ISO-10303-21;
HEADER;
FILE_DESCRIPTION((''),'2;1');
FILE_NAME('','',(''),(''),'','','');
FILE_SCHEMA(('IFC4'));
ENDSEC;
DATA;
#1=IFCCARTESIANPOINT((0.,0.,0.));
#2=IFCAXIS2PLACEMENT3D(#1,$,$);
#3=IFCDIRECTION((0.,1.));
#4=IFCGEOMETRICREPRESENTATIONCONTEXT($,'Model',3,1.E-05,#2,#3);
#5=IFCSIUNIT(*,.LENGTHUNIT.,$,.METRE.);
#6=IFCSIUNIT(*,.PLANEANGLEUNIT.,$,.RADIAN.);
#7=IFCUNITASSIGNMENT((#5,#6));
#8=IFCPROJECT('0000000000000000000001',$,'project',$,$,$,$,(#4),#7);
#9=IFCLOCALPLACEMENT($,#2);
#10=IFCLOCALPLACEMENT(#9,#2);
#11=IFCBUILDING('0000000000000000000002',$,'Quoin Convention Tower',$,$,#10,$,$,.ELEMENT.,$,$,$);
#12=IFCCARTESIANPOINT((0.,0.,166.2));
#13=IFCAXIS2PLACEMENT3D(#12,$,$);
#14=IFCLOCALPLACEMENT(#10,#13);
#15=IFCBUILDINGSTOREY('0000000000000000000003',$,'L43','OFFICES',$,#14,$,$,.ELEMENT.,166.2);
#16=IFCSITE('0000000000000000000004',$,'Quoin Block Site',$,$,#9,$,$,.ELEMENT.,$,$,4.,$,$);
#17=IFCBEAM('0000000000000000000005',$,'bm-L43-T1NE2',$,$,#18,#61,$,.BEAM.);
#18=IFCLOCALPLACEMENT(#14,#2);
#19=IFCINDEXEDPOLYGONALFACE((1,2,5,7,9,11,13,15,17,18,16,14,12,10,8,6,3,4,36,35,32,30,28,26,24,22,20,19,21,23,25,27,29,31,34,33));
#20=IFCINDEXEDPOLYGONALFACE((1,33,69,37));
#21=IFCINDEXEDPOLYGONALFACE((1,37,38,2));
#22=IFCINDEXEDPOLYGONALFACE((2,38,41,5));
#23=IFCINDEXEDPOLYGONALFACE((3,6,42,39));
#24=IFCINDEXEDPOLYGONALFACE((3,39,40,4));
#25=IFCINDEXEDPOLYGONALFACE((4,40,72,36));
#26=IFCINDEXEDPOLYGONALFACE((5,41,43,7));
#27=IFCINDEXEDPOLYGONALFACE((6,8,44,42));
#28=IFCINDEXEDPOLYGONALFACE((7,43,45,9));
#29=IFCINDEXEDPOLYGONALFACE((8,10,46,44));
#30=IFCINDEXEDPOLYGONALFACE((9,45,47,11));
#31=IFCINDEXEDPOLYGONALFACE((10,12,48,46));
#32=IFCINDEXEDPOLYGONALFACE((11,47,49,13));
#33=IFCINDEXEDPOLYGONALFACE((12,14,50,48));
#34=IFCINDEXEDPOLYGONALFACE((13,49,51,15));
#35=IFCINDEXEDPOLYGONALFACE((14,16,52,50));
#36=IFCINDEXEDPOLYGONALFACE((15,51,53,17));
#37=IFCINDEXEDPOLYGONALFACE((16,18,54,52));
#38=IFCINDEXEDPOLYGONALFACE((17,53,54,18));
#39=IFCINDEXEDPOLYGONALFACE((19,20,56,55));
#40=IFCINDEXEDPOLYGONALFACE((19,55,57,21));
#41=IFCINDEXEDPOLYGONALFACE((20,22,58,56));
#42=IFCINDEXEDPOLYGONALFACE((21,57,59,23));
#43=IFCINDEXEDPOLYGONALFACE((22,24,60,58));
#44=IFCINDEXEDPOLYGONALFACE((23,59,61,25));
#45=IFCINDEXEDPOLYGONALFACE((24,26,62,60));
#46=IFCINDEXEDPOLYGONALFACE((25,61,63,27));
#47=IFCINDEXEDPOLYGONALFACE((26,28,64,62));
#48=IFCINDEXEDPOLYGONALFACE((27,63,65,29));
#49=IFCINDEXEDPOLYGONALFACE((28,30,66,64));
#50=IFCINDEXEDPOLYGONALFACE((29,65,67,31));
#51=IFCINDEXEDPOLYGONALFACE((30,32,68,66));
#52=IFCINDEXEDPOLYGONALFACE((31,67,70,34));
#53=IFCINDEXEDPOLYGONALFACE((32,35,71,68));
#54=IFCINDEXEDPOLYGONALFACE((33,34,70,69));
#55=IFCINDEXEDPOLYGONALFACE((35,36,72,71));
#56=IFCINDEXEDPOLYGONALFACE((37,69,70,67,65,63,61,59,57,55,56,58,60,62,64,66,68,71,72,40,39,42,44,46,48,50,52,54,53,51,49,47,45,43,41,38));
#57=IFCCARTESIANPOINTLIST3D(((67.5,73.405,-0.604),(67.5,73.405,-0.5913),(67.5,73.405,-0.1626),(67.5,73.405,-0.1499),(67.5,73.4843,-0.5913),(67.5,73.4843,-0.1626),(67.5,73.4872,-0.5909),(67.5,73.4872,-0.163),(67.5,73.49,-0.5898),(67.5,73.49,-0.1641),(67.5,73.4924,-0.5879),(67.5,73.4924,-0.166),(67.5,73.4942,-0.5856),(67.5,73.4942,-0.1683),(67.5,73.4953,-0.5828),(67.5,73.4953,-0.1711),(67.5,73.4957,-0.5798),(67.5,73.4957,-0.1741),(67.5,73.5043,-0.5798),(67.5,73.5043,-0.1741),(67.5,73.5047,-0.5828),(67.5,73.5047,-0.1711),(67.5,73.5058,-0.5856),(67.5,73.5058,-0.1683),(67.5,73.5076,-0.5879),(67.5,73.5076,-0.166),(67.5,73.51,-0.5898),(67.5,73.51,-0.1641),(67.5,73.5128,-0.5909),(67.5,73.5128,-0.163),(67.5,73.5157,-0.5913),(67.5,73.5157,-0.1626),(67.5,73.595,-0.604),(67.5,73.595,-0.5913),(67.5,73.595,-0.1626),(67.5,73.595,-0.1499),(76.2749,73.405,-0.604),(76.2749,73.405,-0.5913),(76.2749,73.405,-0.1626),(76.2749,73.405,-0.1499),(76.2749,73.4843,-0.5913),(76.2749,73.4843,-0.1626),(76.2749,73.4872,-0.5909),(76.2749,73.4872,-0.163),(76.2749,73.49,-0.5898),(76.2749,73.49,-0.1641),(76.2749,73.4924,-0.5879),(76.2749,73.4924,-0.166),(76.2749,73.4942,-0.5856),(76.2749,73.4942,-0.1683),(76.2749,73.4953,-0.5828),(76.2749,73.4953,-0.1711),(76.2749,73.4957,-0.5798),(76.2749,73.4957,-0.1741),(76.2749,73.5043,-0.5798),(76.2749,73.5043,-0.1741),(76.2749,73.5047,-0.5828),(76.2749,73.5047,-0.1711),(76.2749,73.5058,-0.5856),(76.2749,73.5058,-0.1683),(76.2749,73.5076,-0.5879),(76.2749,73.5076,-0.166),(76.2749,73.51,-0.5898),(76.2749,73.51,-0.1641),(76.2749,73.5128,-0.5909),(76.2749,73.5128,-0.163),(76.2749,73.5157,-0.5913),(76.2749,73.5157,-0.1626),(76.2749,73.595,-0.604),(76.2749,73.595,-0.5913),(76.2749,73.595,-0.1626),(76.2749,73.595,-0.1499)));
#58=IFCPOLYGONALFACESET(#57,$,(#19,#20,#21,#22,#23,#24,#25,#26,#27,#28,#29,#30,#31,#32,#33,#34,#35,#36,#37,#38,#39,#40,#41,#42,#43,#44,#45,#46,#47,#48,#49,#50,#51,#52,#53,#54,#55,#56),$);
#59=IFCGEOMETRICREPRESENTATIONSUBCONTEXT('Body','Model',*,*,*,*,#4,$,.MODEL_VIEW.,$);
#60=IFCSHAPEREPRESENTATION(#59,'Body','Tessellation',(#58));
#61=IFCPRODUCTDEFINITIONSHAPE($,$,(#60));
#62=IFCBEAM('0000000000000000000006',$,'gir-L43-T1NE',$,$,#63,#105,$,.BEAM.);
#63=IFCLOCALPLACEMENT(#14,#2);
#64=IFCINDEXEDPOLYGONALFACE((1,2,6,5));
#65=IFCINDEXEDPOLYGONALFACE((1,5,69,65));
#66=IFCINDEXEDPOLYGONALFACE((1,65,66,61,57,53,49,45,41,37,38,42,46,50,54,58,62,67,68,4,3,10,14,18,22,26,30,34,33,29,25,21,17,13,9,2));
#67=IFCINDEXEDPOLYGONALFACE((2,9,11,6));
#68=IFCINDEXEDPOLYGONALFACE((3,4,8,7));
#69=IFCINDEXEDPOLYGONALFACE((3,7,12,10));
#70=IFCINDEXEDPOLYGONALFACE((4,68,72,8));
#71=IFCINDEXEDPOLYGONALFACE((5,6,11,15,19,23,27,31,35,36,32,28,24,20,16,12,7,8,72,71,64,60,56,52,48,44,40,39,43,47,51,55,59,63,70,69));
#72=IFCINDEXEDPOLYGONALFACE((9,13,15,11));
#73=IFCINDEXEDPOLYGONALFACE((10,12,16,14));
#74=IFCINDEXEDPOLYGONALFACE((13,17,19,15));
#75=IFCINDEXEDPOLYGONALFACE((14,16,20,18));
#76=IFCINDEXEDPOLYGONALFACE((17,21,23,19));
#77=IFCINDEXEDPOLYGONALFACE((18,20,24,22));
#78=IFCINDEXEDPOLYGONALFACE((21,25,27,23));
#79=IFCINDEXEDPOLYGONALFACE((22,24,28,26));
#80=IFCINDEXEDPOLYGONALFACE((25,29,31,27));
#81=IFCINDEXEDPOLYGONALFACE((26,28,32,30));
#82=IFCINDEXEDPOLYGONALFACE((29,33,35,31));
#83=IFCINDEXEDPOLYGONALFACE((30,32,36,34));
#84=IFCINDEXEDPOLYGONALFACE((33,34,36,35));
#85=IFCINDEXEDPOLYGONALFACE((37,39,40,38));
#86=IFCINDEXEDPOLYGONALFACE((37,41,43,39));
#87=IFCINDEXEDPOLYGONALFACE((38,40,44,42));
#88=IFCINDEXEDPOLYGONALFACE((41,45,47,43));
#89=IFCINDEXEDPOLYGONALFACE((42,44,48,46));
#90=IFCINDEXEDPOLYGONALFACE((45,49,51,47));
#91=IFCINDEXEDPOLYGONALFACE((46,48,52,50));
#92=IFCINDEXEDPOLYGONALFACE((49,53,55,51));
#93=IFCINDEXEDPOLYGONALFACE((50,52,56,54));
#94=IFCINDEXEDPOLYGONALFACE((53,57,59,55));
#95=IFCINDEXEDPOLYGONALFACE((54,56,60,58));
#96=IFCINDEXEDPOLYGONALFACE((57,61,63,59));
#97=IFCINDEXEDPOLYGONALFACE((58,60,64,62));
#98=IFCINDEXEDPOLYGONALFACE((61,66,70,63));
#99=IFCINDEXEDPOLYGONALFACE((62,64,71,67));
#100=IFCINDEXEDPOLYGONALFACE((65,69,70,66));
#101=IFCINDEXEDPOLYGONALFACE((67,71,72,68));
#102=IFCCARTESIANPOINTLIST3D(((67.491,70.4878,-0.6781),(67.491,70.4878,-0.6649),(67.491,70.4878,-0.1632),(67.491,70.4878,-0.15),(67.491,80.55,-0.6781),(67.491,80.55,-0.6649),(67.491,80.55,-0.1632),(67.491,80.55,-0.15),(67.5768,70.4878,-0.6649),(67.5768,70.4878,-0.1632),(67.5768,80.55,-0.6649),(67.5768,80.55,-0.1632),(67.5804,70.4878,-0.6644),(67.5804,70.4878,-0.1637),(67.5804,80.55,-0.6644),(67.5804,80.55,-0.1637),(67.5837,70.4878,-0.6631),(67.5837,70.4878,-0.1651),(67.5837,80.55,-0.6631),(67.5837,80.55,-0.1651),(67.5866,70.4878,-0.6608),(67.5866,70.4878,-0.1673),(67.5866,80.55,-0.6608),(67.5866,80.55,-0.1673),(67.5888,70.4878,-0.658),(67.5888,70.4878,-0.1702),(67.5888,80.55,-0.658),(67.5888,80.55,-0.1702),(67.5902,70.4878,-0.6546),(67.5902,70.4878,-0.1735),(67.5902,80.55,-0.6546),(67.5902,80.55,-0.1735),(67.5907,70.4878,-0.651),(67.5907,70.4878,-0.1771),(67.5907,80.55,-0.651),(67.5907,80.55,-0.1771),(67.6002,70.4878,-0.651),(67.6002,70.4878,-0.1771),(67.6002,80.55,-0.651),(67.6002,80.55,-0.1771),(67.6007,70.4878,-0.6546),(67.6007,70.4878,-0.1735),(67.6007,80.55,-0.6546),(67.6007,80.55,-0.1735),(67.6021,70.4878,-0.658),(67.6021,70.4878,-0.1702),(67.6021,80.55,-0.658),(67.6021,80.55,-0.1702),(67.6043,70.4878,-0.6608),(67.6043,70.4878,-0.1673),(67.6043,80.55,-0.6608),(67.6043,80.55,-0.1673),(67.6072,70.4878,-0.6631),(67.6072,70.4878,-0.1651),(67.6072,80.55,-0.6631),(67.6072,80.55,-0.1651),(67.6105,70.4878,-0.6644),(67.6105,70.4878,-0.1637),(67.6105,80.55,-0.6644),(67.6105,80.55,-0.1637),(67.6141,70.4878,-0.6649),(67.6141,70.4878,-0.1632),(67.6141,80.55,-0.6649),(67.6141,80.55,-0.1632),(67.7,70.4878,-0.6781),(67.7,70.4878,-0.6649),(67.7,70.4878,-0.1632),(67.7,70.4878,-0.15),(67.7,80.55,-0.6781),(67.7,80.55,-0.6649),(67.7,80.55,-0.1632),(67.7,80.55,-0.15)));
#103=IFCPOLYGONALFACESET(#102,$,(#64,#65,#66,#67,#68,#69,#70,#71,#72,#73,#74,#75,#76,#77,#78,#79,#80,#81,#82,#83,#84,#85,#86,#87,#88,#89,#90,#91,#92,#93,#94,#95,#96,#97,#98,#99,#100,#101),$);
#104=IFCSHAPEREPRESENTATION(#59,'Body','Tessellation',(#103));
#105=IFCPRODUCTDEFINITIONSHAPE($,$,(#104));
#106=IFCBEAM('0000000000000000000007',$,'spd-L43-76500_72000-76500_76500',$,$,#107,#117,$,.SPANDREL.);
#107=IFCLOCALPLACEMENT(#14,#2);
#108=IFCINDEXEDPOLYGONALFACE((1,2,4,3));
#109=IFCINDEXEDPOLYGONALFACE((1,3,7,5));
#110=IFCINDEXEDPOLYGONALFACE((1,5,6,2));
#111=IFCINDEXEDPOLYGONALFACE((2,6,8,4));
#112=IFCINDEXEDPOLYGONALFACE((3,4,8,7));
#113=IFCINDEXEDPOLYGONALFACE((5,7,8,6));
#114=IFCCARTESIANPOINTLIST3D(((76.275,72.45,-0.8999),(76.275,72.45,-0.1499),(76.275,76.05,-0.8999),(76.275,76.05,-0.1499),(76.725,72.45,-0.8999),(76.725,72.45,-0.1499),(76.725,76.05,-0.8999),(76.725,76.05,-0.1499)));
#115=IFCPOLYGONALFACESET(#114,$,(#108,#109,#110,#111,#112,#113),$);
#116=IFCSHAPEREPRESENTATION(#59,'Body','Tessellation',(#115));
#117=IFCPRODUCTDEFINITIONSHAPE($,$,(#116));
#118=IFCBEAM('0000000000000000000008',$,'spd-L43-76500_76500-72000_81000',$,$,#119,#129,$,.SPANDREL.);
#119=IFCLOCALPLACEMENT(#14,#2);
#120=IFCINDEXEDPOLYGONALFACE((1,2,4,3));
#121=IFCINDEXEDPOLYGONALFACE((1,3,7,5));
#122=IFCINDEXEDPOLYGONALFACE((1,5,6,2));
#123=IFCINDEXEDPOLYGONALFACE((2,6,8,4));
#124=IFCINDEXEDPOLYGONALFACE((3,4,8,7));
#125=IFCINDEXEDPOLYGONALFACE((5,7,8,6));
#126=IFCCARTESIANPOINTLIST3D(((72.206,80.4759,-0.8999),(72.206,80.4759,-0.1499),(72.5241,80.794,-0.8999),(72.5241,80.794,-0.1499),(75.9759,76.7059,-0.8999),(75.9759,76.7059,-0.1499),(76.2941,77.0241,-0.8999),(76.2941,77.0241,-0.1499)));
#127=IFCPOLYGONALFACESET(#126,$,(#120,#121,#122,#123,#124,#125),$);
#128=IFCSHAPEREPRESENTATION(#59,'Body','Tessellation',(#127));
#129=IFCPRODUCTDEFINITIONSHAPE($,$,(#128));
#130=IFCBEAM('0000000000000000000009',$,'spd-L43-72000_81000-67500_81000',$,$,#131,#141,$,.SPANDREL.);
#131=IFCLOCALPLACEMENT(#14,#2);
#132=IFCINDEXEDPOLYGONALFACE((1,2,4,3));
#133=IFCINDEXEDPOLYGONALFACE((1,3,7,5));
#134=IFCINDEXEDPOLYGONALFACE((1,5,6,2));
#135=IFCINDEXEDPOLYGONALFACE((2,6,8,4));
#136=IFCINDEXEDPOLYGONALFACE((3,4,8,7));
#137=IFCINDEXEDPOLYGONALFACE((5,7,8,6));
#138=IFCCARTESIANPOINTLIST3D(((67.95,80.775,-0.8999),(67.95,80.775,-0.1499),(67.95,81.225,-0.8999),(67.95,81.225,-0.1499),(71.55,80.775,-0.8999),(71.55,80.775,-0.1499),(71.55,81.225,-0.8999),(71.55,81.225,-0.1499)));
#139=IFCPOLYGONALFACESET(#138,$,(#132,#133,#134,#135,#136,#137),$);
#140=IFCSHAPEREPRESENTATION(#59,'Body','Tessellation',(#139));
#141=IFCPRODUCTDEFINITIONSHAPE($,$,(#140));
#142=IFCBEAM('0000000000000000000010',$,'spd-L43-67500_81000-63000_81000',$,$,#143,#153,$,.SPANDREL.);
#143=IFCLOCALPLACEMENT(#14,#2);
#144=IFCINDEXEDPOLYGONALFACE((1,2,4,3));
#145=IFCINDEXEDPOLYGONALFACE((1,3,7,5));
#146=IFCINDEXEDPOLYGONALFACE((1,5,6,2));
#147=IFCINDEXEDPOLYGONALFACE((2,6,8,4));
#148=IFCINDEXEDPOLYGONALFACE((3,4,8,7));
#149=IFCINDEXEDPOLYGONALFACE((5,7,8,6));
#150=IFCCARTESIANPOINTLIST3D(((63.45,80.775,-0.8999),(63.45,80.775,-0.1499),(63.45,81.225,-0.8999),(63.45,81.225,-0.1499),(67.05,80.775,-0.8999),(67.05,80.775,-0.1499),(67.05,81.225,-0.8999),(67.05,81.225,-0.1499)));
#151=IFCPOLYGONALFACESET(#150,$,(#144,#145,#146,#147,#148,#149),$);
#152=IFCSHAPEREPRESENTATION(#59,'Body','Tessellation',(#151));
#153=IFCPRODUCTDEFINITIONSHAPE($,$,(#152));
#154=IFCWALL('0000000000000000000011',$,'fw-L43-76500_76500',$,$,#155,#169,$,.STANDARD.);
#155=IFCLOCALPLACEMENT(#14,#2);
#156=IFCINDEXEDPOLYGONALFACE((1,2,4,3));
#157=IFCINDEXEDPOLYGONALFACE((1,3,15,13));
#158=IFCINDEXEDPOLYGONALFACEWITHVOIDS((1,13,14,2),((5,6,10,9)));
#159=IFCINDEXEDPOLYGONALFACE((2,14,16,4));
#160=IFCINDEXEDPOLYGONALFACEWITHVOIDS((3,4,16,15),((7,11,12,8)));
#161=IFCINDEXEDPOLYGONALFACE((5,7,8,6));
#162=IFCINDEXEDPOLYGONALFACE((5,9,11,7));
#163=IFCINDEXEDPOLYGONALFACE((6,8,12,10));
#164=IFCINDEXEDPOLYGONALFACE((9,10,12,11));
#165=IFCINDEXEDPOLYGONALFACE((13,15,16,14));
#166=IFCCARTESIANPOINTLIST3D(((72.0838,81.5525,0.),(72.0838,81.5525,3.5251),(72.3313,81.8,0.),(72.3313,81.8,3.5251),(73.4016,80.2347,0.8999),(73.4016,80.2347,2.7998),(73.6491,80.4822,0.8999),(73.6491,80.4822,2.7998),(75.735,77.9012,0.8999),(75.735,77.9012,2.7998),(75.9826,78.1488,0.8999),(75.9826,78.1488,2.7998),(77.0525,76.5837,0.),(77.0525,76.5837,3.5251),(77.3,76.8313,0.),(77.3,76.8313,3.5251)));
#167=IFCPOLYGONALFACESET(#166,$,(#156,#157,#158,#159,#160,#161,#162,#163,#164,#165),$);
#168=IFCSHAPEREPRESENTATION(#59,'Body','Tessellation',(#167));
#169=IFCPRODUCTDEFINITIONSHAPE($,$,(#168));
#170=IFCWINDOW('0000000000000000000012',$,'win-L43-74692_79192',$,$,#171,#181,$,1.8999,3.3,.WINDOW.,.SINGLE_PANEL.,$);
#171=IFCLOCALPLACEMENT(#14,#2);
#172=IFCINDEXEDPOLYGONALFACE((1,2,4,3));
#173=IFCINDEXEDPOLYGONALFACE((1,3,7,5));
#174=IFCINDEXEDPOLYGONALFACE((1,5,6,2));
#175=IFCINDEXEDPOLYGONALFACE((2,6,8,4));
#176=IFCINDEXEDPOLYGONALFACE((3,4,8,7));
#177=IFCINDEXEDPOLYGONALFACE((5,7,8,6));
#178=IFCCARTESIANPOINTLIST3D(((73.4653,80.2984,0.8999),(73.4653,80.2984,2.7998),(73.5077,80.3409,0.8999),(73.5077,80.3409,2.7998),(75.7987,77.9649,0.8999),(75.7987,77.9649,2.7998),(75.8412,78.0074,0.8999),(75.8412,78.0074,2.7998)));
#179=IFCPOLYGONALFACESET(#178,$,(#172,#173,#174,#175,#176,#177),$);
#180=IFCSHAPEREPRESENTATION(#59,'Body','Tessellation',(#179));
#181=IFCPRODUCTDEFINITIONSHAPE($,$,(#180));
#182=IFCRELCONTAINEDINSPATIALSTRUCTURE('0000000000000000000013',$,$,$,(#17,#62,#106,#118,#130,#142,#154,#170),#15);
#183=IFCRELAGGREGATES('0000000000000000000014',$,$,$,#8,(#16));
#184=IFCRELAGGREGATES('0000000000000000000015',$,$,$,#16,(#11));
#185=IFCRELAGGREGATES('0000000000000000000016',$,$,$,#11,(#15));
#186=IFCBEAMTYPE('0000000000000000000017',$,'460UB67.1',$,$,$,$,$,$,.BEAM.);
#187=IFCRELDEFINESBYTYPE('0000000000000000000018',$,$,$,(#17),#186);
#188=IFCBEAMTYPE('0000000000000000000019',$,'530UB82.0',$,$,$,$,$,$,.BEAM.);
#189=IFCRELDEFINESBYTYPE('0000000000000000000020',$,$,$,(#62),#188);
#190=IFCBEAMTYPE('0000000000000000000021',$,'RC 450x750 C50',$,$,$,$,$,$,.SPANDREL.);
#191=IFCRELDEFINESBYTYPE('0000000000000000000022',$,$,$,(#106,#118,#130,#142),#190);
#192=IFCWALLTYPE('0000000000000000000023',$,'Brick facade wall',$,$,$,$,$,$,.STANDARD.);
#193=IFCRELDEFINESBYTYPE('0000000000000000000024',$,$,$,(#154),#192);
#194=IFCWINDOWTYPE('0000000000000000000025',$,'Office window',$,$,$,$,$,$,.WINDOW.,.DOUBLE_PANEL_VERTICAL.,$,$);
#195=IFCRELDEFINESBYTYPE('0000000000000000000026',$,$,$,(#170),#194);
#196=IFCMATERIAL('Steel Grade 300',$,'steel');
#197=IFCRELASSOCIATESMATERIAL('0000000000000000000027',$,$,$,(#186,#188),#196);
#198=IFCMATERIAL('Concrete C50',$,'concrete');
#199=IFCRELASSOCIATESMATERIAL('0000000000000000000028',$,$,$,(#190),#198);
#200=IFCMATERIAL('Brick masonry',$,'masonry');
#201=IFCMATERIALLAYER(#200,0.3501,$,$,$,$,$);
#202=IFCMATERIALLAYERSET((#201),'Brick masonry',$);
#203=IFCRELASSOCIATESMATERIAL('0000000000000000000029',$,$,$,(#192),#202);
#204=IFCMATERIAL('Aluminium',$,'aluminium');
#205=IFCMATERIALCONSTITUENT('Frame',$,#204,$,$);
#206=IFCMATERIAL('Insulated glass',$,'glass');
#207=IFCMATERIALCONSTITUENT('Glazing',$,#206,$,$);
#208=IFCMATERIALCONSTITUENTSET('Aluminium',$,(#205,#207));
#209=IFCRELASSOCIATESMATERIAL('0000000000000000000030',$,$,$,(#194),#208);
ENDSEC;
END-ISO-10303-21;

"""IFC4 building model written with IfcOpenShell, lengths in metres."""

from ifc_helpers import new_model, si_unit, direction, frame, frame_2d, origin, origin_2d, place, context, subcontext, project, spatial, rectangle, i_section, extrude, material, layer, layer_set, constituent, constituent_set, material_profile, profile_set, type_object, element, fill, save


model = new_model("IFC4")

# Units and contexts
model_context = context("Model", 3, precision=1e-05, world=origin(), true_north=direction((0.0, 1.0)))
body_context = subcontext(model_context, "Body", "Model", "MODEL_VIEW")
ifc_project = project(units=[si_unit("LENGTHUNIT", "METRE"), si_unit("PLANEANGLEUNIT", "RADIAN")], contexts=[model_context])

# Site, building, storey
site_placement = place(None, origin())
site = spatial("IfcSite", under=ifc_project, at=site_placement, Name="Quoin Block Site", CompositionType="ELEMENT", RefElevation=4.0)
building_placement = place(site_placement, origin())
building = spatial("IfcBuilding", under=site, at=building_placement, Name="Quoin Convention Tower", CompositionType="ELEMENT")
storey_placement = place(building_placement, frame((0.0, 0.0, 166.2)))
storey = spatial("IfcBuildingStorey", under=building, at=storey_placement, Name="L43", Description="OFFICES", CompositionType="ELEMENT", Elevation=166.2)

# Shared definitions
ifc_material_1 = material(Name="Concrete C50", Category="concrete")

# Beams
ifc_material_2 = material(Name="Steel Grade 300", Category="steel")
ifc_material_profile_1 = material_profile(ifc_material_2, i_section(OverallWidth=0.1899, OverallDepth=0.4541, WebThickness=0.0085, FlangeThickness=0.0127, FilletRadius=0.0115, at=origin_2d()), Name="460UB67.1")
ifc_profile_set_1 = profile_set([ifc_material_profile_1], Name="Steel Grade 300")
beam_type_1 = type_object("IfcBeamType", Name="460UB67.1", PredefinedType="BEAM", material=ifc_profile_set_1)
beam_1_placement = place(storey_placement, frame((67.5, 73.5, -0.377), z_axis=(1.0, 0.0, 0.0), x_axis=(0.0, 1.0, 0.0)))
element("IfcBeam", 1, at=beam_1_placement, inside=storey, type_object=beam_type_1, Name="bm-L43-T1NE2", PredefinedType="BEAM", context=body_context, shape_type="SweptSolid", body=[
    extrude(i_section(OverallWidth=0.1899, OverallDepth=0.4541, WebThickness=0.0085, FlangeThickness=0.0127, FilletRadius=0.0115, at=origin_2d()), origin(), (0.0, 0.0, 1.0), 8.7749),
])
ifc_material_profile_2 = material_profile(ifc_material_2, i_section(OverallWidth=0.209, OverallDepth=0.5281, WebThickness=0.0095, FlangeThickness=0.0132, FilletRadius=0.0139, at=origin_2d()), Name="530UB82.0")
ifc_profile_set_2 = profile_set([ifc_material_profile_2], Name="Steel Grade 300")
beam_type_2 = type_object("IfcBeamType", Name="530UB82.0", PredefinedType="BEAM", material=ifc_profile_set_2)
beam_2_placement = place(storey_placement, frame((67.5955, 80.55, -0.4141), z_axis=(0.0, -1.0, 0.0), x_axis=(1.0, 0.0, 0.0)))
element("IfcBeam", 2, at=beam_2_placement, inside=storey, type_object=beam_type_2, Name="gir-L43-T1NE", PredefinedType="BEAM", context=body_context, shape_type="SweptSolid", body=[
    extrude(i_section(OverallWidth=0.209, OverallDepth=0.5281, WebThickness=0.0095, FlangeThickness=0.0132, FilletRadius=0.0139, at=origin_2d()), origin(), (0.0, 0.0, 1.0), 10.0623),
])
ifc_material_profile_3 = material_profile(ifc_material_1, rectangle(XDim=0.45, YDim=0.75, at=origin_2d()), Name="RC 450x750")
ifc_profile_set_3 = profile_set([ifc_material_profile_3], Name="Concrete C50")
beam_type_3 = type_object("IfcBeamType", Name="RC 450x750 C50", PredefinedType="SPANDREL", material=ifc_profile_set_3)
beam_3_placement = place(storey_placement, frame((76.5, 72.45, -0.5249), z_axis=(0.0, 1.0, 0.0), x_axis=(-1.0, 0.0, 0.0)))
element("IfcBeam", 3, at=beam_3_placement, inside=storey, type_object=beam_type_3, Name="spd-L43-76500_72000-76500_76500", PredefinedType="SPANDREL", context=body_context, shape_type="SweptSolid", body=[
    extrude(rectangle(XDim=0.45, YDim=0.75, at=origin_2d()), origin(), (0.0, 0.0, 1.0), 3.6001),
])
beam_4_placement = place(storey_placement, frame((76.135, 76.865, -0.5249), z_axis=(-0.707107, 0.707107, 0.0), x_axis=(-0.707107, -0.707107, 0.0)))
element("IfcBeam", 4, at=beam_4_placement, inside=storey, type_object=beam_type_3, Name="spd-L43-76500_76500-72000_81000", PredefinedType="SPANDREL", context=body_context, shape_type="SweptSolid", body=[
    extrude(rectangle(XDim=0.45, YDim=0.75, at=origin_2d()), origin(), (0.0, 0.0, 1.0), 5.3315),
])
for number, where, z_axis, x_axis, name in (
    (5, (71.55, 81.0, -0.5249), (-1.0, 0.0, 0.0), (0.0, -1.0, 0.0), "spd-L43-72000_81000-67500_81000"),
    (6, (67.05, 81.0, -0.5249), (-1.0, 0.0, 0.0), (0.0, -1.0, 0.0), "spd-L43-67500_81000-63000_81000"),
):
    element("IfcBeam", number, at=place(storey_placement, frame(where, z_axis=z_axis, x_axis=x_axis)), inside=storey, type_object=beam_type_3, Name=name, PredefinedType="SPANDREL", context=body_context, shape_type="SweptSolid", body=[
        extrude(rectangle(XDim=0.45, YDim=0.75, at=origin_2d()), origin(), (0.0, 0.0, 1.0), 3.6001),
    ])

# Wall, opening, window
ifc_material_3 = material(Name="Brick masonry", Category="masonry")
ifc_layer_1 = layer(ifc_material_3, 0.3501)
ifc_layer_set_1 = layer_set([ifc_layer_1], Name="Brick masonry")
wall_type_1 = type_object("IfcWallType", Name="Brick facade wall", PredefinedType="STANDARD", material=ifc_layer_set_1)
wall_1_placement = place(storey_placement, frame((77.1763, 76.7075, 0.0), z_axis=(0.0, 0.0, 1.0), x_axis=(-0.707107, 0.707107, 0.0)))
wall_1 = element("IfcWall", 7, at=wall_1_placement, inside=storey, type_object=wall_type_1, Name="fw-L43-76500_76500", PredefinedType="STANDARD", context=body_context, shape_type="SweptSolid", body=[
    extrude(rectangle(XDim=7.0269, YDim=0.3501, at=frame_2d((3.5134, 0.0))), origin(), (0.0, 0.0, 1.0), 3.5251),
])
opening_1_placement = place(wall_1_placement, frame((1.8633, 0.0, 0.8999)))
opening_1 = element("IfcOpeningElement", 8, at=opening_1_placement, cuts=wall_1, PredefinedType="OPENING", context=body_context, shape_type="SweptSolid", body=[
    extrude(rectangle(XDim=3.3, YDim=1.8999, at=frame_2d((1.6499, 0.95))), frame((0.0, 0.1851, 0.0), z_axis=(0.0, -1.0, 0.0), x_axis=(1.0, 0.0, 0.0)), (0.0, 0.0, 1.0), 0.3701),
])
ifc_material_4 = material(Name="Aluminium", Category="aluminium")
ifc_constituent_1 = constituent(ifc_material_4, Name="Frame")
ifc_material_5 = material(Name="Insulated glass", Category="glass")
ifc_constituent_2 = constituent(ifc_material_5, Name="Glazing")
ifc_constituent_set = constituent_set(constituents=[ifc_constituent_1, ifc_constituent_2], Name="Aluminium")
window_type = type_object("IfcWindowType", Name="Office window", PartitioningType="DOUBLE_PANEL_VERTICAL", PredefinedType="WINDOW", material=ifc_constituent_set)
window_1_placement = place(opening_1_placement, origin())
window_1 = element("IfcWindow", 9, at=window_1_placement, inside=storey, type_object=window_type, Name="win-L43-74692_79192", OverallHeight=1.8999, OverallWidth=3.3, PartitioningType="SINGLE_PANEL", PredefinedType="WINDOW", context=body_context, shape_type="SweptSolid", body=[
    extrude(rectangle(XDim=3.3, YDim=1.8999, at=frame_2d((1.6499, 0.95))), frame((0.0, 0.085, 0.0), z_axis=(0.0, -1.0, 0.0), x_axis=(1.0, 0.0, 0.0)), (0.0, 0.0, 1.0), 0.0601),
])
fill(opening_1, window_1)

save(model, "model.ifc")
